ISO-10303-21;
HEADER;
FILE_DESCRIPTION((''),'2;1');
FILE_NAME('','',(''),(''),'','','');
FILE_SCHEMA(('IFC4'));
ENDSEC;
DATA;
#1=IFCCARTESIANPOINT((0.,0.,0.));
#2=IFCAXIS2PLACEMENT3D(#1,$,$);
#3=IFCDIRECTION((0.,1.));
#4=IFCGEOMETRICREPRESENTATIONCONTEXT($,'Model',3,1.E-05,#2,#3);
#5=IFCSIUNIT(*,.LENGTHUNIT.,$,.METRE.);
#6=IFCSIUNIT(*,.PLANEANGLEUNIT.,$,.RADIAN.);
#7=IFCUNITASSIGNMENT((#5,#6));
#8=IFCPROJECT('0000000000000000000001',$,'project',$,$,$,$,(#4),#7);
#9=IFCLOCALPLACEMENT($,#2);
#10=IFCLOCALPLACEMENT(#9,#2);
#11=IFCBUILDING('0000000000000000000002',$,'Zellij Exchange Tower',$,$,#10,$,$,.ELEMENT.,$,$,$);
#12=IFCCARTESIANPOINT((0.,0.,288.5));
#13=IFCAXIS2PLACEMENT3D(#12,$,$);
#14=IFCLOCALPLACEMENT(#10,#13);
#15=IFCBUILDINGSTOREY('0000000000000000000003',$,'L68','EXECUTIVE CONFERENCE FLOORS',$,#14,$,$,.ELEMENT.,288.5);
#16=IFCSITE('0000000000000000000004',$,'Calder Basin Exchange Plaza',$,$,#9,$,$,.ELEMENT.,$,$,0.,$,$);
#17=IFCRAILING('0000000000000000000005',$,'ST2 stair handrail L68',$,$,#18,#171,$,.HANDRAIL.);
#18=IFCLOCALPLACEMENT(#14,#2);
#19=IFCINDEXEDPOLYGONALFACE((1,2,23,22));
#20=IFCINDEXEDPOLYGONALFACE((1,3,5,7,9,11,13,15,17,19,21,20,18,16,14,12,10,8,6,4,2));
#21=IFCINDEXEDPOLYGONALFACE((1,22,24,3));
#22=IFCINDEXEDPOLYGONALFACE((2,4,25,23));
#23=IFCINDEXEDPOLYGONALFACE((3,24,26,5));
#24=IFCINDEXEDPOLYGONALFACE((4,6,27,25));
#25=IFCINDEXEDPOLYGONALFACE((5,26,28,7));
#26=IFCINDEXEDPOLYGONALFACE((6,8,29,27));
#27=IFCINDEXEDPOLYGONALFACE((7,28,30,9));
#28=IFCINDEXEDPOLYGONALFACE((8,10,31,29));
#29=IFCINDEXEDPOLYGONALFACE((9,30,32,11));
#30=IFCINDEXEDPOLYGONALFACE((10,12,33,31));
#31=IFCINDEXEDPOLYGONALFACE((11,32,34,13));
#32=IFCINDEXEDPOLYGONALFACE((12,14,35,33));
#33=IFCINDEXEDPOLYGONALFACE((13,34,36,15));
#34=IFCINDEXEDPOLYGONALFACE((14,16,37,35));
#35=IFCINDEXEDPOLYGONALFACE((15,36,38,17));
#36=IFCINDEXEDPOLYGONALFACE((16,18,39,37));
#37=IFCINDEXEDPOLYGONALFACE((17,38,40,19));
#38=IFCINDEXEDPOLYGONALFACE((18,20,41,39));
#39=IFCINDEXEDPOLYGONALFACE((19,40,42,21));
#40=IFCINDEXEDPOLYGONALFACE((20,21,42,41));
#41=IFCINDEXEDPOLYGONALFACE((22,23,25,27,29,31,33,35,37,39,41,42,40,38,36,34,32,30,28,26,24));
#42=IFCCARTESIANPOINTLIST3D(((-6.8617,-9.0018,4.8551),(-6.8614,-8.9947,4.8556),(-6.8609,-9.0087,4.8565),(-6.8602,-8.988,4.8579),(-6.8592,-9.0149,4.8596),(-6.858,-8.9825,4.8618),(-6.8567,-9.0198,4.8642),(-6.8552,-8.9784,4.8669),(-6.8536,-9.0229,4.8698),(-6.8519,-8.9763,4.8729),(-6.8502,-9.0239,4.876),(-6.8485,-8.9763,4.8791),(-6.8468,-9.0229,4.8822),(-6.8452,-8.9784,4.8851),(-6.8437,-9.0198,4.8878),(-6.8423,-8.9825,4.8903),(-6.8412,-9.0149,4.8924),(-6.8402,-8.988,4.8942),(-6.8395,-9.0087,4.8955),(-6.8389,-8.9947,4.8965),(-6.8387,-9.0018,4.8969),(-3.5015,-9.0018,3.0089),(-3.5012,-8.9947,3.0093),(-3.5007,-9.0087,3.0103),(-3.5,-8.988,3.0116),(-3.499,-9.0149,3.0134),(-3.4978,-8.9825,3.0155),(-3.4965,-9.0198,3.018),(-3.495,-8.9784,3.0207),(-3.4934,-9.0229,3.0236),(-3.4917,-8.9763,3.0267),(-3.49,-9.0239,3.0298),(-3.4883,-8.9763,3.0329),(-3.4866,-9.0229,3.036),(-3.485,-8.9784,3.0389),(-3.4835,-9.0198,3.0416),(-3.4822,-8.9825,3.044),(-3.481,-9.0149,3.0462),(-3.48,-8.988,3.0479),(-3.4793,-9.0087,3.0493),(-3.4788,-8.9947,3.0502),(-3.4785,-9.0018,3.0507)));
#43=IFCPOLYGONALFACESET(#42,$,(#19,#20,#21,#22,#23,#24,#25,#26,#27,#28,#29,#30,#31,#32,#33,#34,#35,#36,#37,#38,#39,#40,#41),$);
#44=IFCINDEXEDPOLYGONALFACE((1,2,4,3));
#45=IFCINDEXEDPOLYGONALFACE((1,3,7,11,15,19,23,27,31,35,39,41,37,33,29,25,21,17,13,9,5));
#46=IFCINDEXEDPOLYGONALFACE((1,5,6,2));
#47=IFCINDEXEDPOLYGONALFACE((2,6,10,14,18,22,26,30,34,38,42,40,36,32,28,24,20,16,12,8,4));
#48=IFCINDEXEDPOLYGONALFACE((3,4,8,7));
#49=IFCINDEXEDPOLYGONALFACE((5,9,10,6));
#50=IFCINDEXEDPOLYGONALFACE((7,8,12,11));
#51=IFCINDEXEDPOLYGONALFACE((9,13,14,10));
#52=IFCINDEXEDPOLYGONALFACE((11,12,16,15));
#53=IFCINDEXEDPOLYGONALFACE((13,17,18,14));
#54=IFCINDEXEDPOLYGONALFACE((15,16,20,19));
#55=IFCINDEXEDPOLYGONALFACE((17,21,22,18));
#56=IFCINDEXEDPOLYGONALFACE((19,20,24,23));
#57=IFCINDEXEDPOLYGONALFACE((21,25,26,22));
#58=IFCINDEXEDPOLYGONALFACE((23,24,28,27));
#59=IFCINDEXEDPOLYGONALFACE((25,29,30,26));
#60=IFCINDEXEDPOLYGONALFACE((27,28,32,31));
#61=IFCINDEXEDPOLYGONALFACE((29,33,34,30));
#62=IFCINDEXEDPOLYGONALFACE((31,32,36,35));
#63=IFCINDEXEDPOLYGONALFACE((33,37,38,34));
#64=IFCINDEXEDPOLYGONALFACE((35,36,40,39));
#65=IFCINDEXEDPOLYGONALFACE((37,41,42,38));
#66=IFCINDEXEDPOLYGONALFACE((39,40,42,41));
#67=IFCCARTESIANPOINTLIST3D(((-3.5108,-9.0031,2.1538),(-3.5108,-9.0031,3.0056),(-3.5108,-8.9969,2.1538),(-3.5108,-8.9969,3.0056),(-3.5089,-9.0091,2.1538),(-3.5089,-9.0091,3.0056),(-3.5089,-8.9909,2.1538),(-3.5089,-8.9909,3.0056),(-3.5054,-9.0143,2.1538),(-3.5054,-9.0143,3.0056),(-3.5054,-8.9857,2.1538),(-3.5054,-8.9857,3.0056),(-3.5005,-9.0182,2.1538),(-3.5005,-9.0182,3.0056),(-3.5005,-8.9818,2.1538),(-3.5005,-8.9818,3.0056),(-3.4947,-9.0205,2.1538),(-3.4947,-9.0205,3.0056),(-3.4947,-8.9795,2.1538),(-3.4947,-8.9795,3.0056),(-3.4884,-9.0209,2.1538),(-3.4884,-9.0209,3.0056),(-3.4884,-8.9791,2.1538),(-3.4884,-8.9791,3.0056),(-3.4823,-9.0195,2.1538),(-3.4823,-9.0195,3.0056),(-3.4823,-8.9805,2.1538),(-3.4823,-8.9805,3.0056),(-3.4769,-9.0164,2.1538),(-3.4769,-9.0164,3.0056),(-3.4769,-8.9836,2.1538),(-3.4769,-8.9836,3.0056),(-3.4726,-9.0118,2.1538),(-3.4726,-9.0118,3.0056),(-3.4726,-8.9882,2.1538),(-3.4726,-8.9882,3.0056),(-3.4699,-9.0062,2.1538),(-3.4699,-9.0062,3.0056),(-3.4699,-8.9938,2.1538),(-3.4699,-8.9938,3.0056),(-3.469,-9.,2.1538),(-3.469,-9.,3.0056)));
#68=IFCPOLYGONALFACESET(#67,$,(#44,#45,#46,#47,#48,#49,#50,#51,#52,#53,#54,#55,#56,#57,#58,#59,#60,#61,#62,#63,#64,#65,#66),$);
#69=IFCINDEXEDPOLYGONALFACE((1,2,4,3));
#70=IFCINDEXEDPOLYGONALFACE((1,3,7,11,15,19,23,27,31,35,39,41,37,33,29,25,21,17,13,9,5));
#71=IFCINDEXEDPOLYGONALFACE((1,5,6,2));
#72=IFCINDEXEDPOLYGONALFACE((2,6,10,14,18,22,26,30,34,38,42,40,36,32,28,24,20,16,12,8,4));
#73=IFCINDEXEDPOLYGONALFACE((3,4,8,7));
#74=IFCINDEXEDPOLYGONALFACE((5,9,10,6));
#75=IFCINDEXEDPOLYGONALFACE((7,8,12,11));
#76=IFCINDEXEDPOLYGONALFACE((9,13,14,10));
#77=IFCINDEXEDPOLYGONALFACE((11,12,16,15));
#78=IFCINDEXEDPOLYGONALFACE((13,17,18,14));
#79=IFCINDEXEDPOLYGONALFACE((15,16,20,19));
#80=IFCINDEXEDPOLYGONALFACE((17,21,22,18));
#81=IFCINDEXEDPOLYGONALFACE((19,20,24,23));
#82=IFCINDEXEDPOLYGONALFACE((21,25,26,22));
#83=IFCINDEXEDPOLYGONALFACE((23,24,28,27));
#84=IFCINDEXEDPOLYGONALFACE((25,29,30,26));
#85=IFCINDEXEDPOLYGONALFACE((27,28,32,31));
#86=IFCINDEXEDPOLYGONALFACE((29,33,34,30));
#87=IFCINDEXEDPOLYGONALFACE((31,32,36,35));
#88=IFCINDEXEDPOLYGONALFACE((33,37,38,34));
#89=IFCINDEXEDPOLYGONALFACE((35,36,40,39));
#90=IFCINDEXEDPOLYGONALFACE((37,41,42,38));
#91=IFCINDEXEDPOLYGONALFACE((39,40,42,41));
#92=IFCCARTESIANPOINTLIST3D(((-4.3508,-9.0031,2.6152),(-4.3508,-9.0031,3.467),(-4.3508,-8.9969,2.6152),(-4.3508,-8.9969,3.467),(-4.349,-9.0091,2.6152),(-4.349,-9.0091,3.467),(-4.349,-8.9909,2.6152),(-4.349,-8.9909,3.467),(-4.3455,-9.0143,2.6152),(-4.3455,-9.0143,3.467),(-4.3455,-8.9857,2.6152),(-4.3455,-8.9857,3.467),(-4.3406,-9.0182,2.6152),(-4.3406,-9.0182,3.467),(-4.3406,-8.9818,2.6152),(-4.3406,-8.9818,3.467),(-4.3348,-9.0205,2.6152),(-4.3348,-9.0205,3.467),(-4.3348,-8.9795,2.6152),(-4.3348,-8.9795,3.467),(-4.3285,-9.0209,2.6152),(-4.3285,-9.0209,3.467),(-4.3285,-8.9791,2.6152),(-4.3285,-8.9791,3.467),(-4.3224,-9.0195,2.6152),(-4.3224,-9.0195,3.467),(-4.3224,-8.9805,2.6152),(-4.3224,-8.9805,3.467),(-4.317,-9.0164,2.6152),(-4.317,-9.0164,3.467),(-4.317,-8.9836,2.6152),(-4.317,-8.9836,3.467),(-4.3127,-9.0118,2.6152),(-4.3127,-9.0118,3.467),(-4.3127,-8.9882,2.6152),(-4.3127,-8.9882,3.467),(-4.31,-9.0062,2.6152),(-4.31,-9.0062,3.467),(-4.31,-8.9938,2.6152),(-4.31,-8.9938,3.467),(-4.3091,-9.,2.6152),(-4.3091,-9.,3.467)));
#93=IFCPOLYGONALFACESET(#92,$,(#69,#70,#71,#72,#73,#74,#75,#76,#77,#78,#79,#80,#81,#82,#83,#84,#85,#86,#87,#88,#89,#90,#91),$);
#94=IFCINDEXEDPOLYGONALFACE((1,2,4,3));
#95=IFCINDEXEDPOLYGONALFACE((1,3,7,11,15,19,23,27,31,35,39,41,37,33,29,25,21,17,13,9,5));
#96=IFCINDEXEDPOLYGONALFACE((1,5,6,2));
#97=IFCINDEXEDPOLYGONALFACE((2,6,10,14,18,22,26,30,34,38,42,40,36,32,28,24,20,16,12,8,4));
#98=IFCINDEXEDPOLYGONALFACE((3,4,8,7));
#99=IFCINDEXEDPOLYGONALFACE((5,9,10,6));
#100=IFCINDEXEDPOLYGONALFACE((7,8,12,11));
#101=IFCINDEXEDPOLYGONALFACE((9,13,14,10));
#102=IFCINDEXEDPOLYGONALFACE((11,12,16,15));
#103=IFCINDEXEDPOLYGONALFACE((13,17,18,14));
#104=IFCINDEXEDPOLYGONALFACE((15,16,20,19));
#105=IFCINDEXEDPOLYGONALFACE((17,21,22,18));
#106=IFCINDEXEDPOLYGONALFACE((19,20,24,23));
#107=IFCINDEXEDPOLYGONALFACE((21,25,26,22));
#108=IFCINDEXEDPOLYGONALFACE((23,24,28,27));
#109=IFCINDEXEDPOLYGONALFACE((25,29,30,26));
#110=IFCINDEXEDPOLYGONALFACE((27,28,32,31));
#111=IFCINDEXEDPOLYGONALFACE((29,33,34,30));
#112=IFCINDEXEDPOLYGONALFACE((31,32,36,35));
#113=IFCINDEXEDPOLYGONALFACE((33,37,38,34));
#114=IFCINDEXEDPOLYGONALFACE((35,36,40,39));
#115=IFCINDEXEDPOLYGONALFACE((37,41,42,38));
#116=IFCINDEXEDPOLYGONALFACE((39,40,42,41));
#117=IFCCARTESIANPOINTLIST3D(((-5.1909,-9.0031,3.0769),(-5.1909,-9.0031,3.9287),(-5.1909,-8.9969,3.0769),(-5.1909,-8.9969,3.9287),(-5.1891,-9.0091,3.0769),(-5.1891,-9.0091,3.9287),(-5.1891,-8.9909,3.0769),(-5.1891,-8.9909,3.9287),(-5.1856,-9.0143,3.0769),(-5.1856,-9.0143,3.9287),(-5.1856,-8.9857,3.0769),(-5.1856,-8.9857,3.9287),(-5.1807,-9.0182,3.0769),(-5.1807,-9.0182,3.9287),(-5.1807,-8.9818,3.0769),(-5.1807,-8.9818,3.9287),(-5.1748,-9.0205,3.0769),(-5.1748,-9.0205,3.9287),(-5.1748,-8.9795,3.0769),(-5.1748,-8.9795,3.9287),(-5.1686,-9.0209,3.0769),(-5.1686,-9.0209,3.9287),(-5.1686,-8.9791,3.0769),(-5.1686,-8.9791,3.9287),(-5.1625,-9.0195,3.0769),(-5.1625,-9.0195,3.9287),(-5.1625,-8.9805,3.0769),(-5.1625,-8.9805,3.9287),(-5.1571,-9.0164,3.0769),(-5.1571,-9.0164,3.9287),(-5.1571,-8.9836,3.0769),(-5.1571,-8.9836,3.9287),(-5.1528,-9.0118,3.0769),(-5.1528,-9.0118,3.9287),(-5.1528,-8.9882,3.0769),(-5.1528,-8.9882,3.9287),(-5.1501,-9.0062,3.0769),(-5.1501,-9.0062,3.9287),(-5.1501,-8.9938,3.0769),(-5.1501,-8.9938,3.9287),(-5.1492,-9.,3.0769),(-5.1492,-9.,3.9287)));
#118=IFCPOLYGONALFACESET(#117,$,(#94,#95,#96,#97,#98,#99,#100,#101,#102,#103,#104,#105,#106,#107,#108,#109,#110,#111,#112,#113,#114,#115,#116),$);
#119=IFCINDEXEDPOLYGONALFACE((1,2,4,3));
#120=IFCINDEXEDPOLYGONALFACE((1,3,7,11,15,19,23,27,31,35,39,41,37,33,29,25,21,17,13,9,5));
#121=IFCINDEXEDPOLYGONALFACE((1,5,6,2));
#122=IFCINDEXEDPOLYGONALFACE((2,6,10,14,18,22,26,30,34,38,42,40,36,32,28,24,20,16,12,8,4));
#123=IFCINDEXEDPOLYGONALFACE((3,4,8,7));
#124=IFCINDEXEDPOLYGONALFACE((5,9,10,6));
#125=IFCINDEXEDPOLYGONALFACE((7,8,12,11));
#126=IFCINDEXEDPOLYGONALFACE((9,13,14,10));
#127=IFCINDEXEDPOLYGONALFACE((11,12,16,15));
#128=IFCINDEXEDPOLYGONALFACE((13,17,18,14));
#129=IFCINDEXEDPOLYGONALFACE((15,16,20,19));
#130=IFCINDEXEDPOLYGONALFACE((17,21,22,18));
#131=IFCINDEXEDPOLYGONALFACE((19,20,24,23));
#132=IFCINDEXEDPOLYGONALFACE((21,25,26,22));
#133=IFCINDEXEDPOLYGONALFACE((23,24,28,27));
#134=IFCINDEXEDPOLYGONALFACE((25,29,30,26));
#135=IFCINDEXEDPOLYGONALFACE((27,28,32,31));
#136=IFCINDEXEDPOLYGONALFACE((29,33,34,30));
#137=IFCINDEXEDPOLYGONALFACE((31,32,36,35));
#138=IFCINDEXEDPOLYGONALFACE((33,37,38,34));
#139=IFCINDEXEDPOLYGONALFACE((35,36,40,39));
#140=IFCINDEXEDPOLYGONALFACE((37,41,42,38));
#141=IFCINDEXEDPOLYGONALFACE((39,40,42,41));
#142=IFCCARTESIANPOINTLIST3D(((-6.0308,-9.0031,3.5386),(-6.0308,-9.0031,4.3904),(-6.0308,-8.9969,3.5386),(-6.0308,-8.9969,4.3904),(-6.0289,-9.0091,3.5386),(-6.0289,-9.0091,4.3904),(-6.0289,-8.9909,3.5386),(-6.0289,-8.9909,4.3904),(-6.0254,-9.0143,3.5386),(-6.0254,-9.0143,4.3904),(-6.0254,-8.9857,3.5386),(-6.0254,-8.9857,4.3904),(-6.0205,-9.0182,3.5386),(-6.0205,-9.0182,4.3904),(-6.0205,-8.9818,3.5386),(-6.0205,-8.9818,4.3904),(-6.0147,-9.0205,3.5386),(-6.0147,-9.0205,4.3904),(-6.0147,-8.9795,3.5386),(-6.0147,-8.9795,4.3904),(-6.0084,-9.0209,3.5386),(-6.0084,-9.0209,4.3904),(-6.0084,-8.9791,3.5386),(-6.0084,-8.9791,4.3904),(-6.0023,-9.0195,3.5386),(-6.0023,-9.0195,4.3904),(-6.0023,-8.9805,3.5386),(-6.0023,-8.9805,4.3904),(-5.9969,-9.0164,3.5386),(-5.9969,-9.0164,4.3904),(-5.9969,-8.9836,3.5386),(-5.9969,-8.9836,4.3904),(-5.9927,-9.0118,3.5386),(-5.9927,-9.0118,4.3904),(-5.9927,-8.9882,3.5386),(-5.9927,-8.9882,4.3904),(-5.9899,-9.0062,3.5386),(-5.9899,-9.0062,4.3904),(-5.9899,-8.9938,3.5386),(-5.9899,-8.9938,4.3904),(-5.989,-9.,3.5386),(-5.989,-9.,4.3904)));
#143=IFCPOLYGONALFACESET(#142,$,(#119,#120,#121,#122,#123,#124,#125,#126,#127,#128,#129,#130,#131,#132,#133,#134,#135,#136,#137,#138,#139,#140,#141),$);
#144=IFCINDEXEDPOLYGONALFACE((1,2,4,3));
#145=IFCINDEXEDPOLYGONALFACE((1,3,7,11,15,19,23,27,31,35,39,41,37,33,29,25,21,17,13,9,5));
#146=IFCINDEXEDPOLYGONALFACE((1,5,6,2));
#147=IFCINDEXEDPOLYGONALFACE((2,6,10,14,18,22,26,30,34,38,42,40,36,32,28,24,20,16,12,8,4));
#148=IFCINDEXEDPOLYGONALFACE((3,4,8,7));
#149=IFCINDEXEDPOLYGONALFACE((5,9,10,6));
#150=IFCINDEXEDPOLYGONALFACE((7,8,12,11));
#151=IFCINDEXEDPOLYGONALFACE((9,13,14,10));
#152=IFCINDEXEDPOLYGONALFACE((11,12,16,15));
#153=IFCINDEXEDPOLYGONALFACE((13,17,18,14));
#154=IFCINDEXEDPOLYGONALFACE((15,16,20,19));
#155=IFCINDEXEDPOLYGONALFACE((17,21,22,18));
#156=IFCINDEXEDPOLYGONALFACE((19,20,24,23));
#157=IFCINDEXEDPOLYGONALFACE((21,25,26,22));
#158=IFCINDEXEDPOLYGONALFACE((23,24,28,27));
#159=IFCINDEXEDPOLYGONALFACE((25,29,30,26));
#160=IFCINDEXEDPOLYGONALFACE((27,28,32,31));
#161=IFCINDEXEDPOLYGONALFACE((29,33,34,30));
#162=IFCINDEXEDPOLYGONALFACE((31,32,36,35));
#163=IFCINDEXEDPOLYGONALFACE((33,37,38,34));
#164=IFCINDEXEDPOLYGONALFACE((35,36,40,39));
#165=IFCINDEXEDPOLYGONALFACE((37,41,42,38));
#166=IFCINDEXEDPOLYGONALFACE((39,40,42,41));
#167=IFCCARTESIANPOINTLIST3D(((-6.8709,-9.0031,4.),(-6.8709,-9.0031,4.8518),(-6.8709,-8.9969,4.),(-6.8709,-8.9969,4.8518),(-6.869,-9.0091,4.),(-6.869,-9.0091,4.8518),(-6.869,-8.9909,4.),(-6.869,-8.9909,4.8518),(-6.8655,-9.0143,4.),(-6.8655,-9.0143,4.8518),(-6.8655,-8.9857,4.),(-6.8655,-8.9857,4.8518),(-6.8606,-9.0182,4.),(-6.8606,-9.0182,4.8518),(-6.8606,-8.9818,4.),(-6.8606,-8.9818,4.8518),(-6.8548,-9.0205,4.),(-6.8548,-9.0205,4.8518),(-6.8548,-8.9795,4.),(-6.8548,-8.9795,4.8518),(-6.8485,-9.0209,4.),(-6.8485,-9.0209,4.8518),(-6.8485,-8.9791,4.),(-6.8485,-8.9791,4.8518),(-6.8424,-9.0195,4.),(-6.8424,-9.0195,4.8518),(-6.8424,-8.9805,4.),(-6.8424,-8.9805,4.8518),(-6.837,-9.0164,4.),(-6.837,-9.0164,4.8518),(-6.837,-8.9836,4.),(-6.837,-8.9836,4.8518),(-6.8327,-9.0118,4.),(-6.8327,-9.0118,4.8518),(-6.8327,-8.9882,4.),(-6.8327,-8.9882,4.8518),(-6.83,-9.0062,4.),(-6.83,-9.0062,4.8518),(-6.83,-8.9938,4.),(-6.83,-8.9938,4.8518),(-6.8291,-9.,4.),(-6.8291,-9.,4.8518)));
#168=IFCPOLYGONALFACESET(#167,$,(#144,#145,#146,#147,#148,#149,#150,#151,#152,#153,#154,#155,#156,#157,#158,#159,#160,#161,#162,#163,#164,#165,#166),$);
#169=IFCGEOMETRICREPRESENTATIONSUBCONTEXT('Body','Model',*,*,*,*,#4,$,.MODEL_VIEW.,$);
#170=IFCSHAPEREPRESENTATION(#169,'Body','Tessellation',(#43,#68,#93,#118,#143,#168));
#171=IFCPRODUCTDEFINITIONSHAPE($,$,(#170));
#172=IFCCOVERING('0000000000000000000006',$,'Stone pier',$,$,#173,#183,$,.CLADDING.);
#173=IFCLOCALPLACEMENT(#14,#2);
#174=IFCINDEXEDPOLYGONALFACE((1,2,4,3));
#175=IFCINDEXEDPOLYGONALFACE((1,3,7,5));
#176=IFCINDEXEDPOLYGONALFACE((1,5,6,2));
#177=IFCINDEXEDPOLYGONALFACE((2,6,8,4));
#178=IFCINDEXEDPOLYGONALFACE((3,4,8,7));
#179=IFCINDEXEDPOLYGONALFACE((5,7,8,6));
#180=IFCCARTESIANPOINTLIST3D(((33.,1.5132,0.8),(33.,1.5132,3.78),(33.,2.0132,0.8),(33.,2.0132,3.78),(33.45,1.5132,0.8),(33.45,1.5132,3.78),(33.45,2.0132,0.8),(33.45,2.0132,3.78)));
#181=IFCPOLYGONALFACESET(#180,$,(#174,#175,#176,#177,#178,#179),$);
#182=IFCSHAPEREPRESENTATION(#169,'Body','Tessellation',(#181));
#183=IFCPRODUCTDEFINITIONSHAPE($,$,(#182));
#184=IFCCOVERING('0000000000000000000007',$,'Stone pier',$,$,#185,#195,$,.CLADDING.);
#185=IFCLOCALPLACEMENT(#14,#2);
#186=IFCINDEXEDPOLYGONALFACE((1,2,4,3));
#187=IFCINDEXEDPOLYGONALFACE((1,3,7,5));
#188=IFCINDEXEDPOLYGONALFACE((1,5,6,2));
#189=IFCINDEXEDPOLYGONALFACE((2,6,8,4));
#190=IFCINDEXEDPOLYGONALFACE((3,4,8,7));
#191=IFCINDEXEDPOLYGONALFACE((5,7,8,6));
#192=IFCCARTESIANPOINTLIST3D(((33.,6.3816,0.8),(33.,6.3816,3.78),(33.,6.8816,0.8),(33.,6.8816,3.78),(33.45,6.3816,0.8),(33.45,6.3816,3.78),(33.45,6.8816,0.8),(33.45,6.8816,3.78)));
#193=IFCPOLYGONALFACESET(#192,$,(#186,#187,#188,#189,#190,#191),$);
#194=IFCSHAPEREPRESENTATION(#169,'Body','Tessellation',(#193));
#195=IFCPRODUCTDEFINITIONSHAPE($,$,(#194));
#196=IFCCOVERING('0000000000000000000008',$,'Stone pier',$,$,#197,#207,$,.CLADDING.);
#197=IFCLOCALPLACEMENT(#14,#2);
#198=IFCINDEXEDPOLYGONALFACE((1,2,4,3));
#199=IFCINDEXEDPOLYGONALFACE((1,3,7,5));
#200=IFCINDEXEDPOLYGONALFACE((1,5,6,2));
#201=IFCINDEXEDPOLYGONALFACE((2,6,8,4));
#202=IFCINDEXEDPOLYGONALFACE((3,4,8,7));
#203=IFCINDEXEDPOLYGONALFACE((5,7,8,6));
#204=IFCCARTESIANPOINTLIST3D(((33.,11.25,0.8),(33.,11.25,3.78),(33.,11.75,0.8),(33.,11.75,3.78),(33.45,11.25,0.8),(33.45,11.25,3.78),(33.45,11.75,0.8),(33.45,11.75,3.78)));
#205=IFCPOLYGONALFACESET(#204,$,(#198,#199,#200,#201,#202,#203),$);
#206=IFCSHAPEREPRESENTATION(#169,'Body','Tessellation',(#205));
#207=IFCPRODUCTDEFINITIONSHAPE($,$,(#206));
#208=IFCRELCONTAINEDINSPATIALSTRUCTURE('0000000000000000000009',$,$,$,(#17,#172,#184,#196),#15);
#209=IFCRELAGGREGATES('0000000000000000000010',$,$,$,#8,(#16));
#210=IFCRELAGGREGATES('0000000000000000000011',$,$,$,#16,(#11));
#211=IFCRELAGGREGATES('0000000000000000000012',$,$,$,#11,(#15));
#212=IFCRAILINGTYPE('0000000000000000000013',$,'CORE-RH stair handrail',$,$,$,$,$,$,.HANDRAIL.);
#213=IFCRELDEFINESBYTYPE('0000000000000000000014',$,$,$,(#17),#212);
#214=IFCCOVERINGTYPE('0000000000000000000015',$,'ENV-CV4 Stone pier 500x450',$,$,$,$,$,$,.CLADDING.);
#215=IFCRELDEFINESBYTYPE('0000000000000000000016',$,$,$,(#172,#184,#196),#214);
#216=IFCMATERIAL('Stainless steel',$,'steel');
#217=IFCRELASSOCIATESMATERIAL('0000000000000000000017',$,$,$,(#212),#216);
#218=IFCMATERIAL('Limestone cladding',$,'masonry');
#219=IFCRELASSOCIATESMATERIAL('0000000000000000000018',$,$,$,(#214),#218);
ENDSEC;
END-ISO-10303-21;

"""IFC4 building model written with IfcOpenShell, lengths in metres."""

from ifc_helpers import new_model, si_unit, direction, frame, origin, origin_2d, place, context, subcontext, project, spatial, polyline, circle, outline, extrude, material, type_object, element, save


model = new_model("IFC4")

# Units and contexts
model_context = context("Model", 3, precision=1e-05, world=origin(), true_north=direction((0.0, 1.0)))
body_context = subcontext(model_context, "Body", "Model", "MODEL_VIEW")
ifc_project = project(units=[si_unit("LENGTHUNIT", "METRE"), si_unit("PLANEANGLEUNIT", "RADIAN")], contexts=[model_context])

# Site, building, storey
site_placement = place(None, origin())
site = spatial("IfcSite", under=ifc_project, at=site_placement, Name="Calder Basin Exchange Plaza", CompositionType="ELEMENT", RefElevation=0.0)
building_placement = place(site_placement, origin())
building = spatial("IfcBuilding", under=site, at=building_placement, Name="Zellij Exchange Tower", CompositionType="ELEMENT")
storey_placement = place(building_placement, frame((0.0, 0.0, 288.5)))
storey = spatial("IfcBuildingStorey", under=building, at=storey_placement, Name="L68", Description="EXECUTIVE CONFERENCE FLOORS", CompositionType="ELEMENT", Elevation=288.5)

# Railing
ifc_material_1 = material(Name="Stainless steel", Category="steel")
railing_type_1 = type_object("IfcRailingType", Name="CORE-RH stair handrail", PredefinedType="HANDRAIL", material=ifc_material_1)
railing_1_placement = place(storey_placement, frame((-3.49, -9.0, 2.1538)))
element("IfcRailing", 1, at=railing_1_placement, inside=storey, type_object=railing_type_1, Name="ST2 stair handrail L68", PredefinedType="HANDRAIL", context=body_context, shape_type="SweptSolid", body=[
    extrude(circle(Radius=0.0239, at=origin_2d()), frame((0.0, 0.0, 0.876), z_axis=(-0.876422, 0.0, 0.481545), x_axis=(0.0, -1.0, 0.0)), (0.0, 0.0, 1.0), 3.834),
    extrude(circle(Radius=0.021, at=origin_2d()), origin(), (0.0, 0.0, 1.0), 0.8518),
    extrude(circle(Radius=0.021, at=origin_2d()), frame((-0.8401, 0.0, 0.4614)), (0.0, 0.0, 1.0), 0.8518),
    extrude(circle(Radius=0.021, at=origin_2d()), frame((-1.6802, 0.0, 0.9231)), (0.0, 0.0, 1.0), 0.8518),
    extrude(circle(Radius=0.021, at=origin_2d()), frame((-2.52, 0.0, 1.3848)), (0.0, 0.0, 1.0), 0.8518),
    extrude(circle(Radius=0.021, at=origin_2d()), frame((-3.3601, 0.0, 1.8462)), (0.0, 0.0, 1.0), 0.8518),
])

# Coverings
ifc_material_2 = material(Name="Limestone cladding", Category="masonry")
covering_type = type_object("IfcCoveringType", Name="ENV-CV4 Stone pier 500x450", PredefinedType="CLADDING", material=ifc_material_2)
covering_1_placement = place(storey_placement, frame((0.0, 0.0, 0.8)))
element("IfcCovering", 2, at=covering_1_placement, inside=storey, type_object=covering_type, Name="Stone pier", PredefinedType="CLADDING", context=body_context, shape_type="SweptSolid", body=[
    extrude(outline(polyline([(33.0, 1.5132), (33.0, 2.0132), (33.45, 2.0132), (33.45, 1.5132), (33.0, 1.5132)])), origin(), (0.0, 0.0, 1.0), 2.98),
])
covering_2_placement = place(storey_placement, frame((0.0, 0.0, 0.8)))
element("IfcCovering", 3, at=covering_2_placement, inside=storey, type_object=covering_type, Name="Stone pier", PredefinedType="CLADDING", context=body_context, shape_type="SweptSolid", body=[
    extrude(outline(polyline([(33.0, 6.3816), (33.0, 6.8816), (33.45, 6.8816), (33.45, 6.3816), (33.0, 6.3816)])), origin(), (0.0, 0.0, 1.0), 2.98),
])
covering_3_placement = place(storey_placement, frame((0.0, 0.0, 0.8)))
element("IfcCovering", 4, at=covering_3_placement, inside=storey, type_object=covering_type, Name="Stone pier", PredefinedType="CLADDING", context=body_context, shape_type="SweptSolid", body=[
    extrude(outline(polyline([(33.0, 11.25), (33.0, 11.75), (33.45, 11.75), (33.45, 11.25), (33.0, 11.25)])), origin(), (0.0, 0.0, 1.0), 2.98),
])

save(model, "model.ifc")
